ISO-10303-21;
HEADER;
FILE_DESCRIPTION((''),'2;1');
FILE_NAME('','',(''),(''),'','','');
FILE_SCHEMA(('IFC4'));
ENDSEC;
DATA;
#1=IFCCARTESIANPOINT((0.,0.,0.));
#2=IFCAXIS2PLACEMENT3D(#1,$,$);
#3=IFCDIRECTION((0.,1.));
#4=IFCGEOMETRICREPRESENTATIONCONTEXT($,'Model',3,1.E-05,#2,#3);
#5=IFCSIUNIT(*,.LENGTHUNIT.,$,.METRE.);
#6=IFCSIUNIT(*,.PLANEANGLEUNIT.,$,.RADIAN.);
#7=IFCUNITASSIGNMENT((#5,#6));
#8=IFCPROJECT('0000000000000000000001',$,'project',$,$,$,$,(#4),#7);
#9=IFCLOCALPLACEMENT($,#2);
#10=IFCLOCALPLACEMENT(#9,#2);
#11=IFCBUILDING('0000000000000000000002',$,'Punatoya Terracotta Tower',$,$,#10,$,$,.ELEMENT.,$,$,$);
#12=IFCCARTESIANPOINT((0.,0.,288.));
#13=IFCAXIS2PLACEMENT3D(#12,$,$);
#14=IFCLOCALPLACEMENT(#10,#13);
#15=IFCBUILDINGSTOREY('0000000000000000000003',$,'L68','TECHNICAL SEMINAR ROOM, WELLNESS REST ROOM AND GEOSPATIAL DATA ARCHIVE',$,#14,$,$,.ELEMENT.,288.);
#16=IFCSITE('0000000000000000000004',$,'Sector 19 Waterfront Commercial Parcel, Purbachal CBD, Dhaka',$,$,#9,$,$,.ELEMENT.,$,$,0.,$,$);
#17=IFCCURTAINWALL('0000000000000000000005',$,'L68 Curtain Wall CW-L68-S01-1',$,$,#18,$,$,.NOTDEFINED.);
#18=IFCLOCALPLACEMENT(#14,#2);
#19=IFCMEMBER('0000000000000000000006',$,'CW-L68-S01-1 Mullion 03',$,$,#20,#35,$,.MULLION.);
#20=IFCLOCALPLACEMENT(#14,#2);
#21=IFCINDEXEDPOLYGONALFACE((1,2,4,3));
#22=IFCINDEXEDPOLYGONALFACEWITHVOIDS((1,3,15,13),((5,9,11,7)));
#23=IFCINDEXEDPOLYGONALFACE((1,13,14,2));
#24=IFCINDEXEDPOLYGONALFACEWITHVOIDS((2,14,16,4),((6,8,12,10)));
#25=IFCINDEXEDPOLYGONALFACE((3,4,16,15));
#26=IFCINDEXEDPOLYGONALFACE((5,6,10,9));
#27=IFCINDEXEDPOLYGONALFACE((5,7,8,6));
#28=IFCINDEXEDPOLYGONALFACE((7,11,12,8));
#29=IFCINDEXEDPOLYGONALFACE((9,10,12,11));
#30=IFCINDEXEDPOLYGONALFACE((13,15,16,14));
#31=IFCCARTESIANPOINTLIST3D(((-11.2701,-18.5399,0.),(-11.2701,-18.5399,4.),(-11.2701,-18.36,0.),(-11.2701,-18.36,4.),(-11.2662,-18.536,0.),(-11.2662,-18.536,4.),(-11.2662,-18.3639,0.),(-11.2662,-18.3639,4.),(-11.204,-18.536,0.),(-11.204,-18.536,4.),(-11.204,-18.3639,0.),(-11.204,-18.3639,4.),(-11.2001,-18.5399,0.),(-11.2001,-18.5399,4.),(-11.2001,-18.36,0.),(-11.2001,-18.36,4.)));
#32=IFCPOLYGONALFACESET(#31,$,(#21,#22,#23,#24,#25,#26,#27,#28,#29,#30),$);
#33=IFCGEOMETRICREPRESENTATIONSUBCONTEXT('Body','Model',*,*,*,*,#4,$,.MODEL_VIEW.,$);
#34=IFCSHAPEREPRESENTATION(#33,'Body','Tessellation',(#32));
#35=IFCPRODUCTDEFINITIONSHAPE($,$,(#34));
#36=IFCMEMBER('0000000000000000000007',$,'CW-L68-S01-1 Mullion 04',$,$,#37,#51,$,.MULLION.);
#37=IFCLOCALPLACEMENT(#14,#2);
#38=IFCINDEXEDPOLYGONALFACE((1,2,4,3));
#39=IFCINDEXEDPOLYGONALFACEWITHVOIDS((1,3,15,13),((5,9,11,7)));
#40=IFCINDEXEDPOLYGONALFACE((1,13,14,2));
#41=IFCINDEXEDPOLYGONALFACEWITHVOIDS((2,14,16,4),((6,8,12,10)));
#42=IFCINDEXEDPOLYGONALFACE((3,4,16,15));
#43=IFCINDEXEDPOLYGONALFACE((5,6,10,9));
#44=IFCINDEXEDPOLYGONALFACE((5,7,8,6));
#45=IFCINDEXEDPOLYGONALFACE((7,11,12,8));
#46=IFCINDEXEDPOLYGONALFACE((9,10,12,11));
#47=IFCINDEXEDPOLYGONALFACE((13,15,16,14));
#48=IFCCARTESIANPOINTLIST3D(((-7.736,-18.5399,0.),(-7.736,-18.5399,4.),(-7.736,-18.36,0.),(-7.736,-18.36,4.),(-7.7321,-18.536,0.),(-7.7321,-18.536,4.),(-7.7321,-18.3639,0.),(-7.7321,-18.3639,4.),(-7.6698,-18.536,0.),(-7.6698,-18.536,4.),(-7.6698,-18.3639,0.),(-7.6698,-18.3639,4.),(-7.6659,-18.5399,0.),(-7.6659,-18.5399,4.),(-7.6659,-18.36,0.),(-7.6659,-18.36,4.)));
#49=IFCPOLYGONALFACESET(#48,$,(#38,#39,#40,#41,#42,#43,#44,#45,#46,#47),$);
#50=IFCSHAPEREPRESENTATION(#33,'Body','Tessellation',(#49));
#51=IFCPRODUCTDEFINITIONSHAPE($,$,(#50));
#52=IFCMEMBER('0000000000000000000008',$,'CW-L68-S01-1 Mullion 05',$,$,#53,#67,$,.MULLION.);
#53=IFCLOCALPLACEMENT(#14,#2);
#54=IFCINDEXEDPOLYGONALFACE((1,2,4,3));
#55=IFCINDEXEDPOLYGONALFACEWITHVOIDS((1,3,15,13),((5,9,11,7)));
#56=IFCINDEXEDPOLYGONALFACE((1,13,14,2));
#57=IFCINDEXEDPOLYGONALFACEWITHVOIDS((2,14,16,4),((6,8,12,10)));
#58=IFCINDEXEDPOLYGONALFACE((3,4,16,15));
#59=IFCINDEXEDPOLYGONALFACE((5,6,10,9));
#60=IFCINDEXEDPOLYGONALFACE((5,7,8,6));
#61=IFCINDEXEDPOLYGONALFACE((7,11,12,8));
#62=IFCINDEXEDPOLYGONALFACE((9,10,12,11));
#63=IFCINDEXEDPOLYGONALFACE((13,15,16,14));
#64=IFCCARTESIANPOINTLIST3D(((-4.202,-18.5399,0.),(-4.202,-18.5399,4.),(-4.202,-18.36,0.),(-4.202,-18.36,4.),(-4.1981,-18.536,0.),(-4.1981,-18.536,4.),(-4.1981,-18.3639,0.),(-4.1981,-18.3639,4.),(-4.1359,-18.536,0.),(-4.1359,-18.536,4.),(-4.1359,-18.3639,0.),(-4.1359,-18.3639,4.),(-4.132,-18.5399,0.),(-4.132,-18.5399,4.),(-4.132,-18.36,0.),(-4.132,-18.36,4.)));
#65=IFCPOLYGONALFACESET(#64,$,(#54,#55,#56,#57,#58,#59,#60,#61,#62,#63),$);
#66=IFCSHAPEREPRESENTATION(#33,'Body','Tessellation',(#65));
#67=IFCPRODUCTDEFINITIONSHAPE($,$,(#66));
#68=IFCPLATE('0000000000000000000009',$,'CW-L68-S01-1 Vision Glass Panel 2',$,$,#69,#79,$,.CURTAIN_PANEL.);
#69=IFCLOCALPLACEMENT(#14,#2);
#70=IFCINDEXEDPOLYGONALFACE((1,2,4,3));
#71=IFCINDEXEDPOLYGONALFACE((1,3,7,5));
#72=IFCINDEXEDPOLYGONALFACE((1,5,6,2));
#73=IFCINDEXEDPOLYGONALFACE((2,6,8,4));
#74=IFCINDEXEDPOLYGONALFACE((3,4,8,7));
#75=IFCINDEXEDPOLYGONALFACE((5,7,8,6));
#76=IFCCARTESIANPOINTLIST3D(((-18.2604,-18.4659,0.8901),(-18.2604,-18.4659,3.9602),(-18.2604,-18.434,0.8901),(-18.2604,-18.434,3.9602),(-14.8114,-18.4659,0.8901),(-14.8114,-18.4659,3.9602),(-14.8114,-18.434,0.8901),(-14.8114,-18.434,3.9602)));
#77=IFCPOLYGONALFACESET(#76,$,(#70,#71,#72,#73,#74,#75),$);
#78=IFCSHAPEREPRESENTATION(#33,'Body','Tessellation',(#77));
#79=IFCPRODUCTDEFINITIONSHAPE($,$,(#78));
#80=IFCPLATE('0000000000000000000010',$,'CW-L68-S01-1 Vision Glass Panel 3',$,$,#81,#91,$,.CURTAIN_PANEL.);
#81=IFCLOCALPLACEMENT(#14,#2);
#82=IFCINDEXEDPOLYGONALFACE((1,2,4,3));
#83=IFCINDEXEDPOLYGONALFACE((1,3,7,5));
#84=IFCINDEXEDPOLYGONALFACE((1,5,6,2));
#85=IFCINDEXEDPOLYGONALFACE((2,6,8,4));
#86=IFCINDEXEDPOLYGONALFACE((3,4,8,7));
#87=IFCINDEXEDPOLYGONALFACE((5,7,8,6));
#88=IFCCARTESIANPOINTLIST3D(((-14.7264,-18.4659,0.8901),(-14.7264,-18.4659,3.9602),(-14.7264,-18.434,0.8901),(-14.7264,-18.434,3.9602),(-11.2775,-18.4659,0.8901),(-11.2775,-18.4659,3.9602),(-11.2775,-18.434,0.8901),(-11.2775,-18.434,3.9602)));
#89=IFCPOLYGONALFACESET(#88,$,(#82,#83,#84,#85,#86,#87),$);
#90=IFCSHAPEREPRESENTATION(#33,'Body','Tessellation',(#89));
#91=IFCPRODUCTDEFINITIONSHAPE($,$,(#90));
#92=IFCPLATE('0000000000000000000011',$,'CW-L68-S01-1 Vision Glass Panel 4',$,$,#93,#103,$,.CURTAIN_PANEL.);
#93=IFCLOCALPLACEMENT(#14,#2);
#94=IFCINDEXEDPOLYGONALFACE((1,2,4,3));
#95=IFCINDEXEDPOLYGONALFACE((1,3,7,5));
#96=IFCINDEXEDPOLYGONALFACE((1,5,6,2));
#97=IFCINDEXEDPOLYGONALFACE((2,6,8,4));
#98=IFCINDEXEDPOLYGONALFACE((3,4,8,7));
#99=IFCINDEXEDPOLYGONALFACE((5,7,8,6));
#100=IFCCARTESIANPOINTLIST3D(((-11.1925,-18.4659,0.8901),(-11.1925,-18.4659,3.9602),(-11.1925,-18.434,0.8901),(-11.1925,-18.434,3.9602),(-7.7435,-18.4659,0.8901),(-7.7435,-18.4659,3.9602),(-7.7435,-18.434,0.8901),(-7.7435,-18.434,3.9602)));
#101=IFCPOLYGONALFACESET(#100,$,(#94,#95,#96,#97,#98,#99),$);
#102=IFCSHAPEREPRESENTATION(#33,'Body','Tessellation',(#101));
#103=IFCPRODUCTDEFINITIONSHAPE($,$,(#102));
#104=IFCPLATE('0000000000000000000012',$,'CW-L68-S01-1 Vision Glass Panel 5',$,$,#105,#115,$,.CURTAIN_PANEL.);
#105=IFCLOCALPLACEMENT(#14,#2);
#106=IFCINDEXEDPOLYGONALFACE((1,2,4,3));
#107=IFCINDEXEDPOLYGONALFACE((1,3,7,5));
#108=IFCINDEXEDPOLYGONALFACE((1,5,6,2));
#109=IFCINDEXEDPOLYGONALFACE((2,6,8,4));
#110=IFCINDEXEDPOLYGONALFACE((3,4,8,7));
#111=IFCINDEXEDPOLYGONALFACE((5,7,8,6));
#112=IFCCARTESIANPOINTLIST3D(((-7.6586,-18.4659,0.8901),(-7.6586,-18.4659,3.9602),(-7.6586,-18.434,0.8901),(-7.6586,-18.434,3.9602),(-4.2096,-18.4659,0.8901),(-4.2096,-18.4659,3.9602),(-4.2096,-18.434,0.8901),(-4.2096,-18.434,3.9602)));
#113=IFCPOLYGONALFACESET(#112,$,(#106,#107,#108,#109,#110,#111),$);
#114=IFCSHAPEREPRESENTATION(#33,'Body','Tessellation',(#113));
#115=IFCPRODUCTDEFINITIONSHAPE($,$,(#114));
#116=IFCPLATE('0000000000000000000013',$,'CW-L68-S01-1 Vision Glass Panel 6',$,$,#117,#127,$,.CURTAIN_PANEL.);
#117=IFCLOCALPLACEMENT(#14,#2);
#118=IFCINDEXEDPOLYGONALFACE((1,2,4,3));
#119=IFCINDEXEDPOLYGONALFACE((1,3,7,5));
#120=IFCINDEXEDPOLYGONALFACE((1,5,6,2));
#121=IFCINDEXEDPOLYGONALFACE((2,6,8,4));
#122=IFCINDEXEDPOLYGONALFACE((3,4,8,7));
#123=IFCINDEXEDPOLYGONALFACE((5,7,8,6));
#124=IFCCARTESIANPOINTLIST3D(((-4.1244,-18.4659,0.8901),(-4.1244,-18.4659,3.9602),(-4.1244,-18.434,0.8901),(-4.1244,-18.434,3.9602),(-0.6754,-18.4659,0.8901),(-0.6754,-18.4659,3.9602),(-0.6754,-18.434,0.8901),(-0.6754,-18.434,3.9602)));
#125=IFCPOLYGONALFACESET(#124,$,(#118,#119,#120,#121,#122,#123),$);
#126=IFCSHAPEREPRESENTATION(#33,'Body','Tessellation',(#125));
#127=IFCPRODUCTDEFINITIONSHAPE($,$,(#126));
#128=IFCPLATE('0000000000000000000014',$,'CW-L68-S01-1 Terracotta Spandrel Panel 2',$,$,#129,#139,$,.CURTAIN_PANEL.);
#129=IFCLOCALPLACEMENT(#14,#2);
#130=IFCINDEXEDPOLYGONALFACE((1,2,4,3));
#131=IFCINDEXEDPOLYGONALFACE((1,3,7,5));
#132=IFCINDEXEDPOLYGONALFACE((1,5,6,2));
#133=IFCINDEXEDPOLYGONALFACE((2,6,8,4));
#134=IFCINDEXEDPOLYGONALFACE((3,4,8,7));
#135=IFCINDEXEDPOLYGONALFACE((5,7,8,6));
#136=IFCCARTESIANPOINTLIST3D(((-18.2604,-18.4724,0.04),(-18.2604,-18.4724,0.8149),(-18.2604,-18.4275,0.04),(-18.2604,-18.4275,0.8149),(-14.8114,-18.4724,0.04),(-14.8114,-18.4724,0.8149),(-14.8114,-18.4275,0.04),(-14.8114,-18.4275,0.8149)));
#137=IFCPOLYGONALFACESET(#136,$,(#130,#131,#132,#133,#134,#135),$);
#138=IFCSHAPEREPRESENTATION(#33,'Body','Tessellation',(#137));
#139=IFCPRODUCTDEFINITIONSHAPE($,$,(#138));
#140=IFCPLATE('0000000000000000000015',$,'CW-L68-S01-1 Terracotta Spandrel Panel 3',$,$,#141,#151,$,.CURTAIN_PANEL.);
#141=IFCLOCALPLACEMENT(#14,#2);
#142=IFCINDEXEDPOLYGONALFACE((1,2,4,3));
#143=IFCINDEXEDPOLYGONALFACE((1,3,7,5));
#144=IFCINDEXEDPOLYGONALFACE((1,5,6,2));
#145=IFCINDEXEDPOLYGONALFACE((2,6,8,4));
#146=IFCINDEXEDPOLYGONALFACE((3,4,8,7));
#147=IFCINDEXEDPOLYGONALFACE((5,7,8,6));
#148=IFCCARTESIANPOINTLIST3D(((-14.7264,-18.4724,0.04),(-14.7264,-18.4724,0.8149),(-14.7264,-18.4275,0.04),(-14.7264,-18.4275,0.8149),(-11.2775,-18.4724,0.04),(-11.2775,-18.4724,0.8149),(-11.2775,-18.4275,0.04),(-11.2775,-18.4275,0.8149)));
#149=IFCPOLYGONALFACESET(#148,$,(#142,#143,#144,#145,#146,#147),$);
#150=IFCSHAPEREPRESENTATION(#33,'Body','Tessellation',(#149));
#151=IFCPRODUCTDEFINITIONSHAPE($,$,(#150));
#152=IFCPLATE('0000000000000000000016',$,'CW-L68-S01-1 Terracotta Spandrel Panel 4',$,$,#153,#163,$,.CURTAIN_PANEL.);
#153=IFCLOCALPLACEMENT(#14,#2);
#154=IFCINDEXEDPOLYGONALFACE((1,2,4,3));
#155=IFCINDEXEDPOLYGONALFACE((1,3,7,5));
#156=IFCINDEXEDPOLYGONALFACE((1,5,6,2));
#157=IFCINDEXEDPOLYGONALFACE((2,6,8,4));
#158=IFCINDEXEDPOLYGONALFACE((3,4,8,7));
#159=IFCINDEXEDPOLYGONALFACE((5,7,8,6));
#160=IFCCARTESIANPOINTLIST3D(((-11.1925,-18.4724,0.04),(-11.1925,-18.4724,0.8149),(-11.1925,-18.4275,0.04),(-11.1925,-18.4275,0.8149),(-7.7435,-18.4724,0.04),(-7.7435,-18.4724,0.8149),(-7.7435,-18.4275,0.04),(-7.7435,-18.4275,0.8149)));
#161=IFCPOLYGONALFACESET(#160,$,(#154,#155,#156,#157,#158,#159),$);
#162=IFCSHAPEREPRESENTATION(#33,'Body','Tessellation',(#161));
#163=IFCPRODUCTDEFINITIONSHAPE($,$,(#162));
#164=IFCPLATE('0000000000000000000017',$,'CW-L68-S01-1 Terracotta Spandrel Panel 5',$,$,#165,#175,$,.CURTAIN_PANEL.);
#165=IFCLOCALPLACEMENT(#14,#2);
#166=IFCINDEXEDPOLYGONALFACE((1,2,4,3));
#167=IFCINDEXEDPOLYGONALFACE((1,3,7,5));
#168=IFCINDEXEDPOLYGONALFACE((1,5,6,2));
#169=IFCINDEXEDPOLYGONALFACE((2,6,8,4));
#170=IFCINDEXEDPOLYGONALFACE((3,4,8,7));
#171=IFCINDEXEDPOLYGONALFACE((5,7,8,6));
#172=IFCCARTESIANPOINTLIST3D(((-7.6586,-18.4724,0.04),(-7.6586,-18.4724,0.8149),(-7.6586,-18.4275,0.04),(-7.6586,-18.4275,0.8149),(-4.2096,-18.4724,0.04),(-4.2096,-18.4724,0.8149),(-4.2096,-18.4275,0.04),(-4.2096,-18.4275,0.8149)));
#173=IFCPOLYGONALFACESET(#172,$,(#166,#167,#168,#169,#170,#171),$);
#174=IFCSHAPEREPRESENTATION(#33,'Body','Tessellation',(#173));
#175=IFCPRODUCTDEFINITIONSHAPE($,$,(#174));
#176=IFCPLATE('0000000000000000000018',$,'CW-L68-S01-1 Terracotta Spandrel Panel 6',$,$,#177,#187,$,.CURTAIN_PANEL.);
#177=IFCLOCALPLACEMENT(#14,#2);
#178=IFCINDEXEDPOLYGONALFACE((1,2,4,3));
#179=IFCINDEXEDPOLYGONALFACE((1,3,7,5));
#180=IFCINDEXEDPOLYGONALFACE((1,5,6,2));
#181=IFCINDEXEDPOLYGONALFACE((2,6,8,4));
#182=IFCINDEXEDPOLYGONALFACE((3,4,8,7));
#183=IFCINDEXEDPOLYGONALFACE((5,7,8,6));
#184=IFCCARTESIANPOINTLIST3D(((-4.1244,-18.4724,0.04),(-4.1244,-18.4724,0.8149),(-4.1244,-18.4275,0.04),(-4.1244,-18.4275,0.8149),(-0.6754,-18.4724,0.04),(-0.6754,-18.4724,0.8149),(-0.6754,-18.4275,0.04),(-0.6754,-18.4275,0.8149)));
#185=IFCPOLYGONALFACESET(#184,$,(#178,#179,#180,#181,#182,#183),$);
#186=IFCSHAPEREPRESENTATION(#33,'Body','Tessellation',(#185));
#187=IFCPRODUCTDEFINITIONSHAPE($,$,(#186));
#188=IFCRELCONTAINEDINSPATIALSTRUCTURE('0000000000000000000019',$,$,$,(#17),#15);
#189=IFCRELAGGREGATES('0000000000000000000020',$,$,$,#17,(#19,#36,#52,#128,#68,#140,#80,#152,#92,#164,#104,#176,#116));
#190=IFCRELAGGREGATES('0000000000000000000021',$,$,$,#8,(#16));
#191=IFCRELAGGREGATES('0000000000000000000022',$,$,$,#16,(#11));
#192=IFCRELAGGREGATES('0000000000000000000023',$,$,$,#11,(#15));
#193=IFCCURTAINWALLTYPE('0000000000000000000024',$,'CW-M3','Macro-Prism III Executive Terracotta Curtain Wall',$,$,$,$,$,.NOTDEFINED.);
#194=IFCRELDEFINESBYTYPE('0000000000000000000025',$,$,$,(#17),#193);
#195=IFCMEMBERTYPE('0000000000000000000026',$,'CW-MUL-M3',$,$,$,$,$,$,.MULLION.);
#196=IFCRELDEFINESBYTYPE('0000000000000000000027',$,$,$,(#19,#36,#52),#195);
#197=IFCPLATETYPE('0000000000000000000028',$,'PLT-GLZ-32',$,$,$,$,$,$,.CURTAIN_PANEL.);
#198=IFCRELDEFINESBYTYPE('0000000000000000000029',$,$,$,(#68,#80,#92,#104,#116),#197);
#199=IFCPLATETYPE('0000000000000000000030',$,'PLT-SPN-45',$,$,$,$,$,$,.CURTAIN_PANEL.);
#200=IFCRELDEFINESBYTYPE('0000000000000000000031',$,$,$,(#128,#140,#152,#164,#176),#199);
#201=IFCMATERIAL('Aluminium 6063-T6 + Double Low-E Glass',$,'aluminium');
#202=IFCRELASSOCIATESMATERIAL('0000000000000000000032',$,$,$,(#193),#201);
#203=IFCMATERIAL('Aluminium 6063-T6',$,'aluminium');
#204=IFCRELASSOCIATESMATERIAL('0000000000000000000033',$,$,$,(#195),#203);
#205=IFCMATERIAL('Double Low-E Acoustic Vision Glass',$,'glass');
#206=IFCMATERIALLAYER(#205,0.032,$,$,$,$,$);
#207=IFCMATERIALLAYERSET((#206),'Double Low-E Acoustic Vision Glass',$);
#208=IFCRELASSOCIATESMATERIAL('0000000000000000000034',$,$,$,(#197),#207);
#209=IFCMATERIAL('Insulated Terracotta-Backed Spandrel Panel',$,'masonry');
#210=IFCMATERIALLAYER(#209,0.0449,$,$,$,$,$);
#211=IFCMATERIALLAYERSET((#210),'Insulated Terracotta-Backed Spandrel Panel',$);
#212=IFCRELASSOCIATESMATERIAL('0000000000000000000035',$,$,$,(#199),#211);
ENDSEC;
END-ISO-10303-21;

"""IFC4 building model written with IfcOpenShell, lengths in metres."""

from ifc_helpers import new_model, si_unit, direction, frame, origin, origin_2d, place, context, subcontext, project, spatial, rectangle, hollow_rectangle, extrude, material, layer, layer_set, material_profile, profile_set, type_object, element, aggregate, save


model = new_model("IFC4")

# Units and contexts
model_context = context("Model", 3, precision=1e-05, world=origin(), true_north=direction((0.0, 1.0)))
body_context = subcontext(model_context, "Body", "Model", "MODEL_VIEW")
ifc_project = project(units=[si_unit("LENGTHUNIT", "METRE"), si_unit("PLANEANGLEUNIT", "RADIAN")], contexts=[model_context])

# Site, building, storey
site_placement = place(None, origin())
site = spatial("IfcSite", under=ifc_project, at=site_placement, Name="Sector 19 Waterfront Commercial Parcel, Purbachal CBD, Dhaka", CompositionType="ELEMENT", RefElevation=0.0)
building_placement = place(site_placement, origin())
building = spatial("IfcBuilding", under=site, at=building_placement, Name="Punatoya Terracotta Tower", CompositionType="ELEMENT")
storey_placement = place(building_placement, frame((0.0, 0.0, 288.0)))
storey = spatial("IfcBuildingStorey", under=building, at=storey_placement, Name="L68", Description="TECHNICAL SEMINAR ROOM, WELLNESS REST ROOM AND GEOSPATIAL DATA ARCHIVE", CompositionType="ELEMENT", Elevation=288.0)

# Curtain wall, members, plates
ifc_material_1 = material(Name="Aluminium 6063-T6 + Double Low-E Glass", Category="aluminium")
curtain_wall_type = type_object("IfcCurtainWallType", Name="CW-M3", Description="Macro-Prism III Executive Terracotta Curtain Wall", PredefinedType="NOTDEFINED", material=ifc_material_1)
curtain_wall_placement = place(storey_placement, origin())
curtain_wall = element("IfcCurtainWall", 1, at=curtain_wall_placement, inside=storey, type_object=curtain_wall_type, Name="L68 Curtain Wall CW-L68-S01-1", PredefinedType="NOTDEFINED")
ifc_material_2 = material(Name="Aluminium 6063-T6", Category="aluminium")
ifc_material_profile_1 = material_profile(ifc_material_2, hollow_rectangle(XDim=0.0701, YDim=0.1799, WallThickness=0.0039, at=origin_2d()))
ifc_profile_set_1 = profile_set([ifc_material_profile_1], Name="Aluminium 6063-T6")
member_type = type_object("IfcMemberType", Name="CW-MUL-M3", PredefinedType="MULLION", material=ifc_profile_set_1)
member_1_placement = place(storey_placement, frame((-11.2351, -18.45, 0.0), z_axis=(0.0, 0.0, 1.0), x_axis=(1.0, 0.0, 0.0)))
member_1 = element("IfcMember", 2, at=member_1_placement, type_object=member_type, Name="CW-L68-S01-1 Mullion 03", PredefinedType="MULLION", context=body_context, shape_type="SweptSolid", body=[
    extrude(hollow_rectangle(XDim=0.0701, YDim=0.1799, WallThickness=0.0039, at=origin_2d()), origin(), (0.0, 0.0, 1.0), 4.0),
])
member_2_placement = place(storey_placement, frame((-7.7009, -18.45, 0.0), z_axis=(0.0, 0.0, 1.0), x_axis=(1.0, 0.0, 0.0)))
member_2 = element("IfcMember", 3, at=member_2_placement, type_object=member_type, Name="CW-L68-S01-1 Mullion 04", PredefinedType="MULLION", context=body_context, shape_type="SweptSolid", body=[
    extrude(hollow_rectangle(XDim=0.0701, YDim=0.1799, WallThickness=0.0039, at=origin_2d()), origin(), (0.0, 0.0, 1.0), 4.0),
])
member_3_placement = place(storey_placement, frame((-4.167, -18.45, 0.0), z_axis=(0.0, 0.0, 1.0), x_axis=(1.0, 0.0, 0.0)))
member_3 = element("IfcMember", 4, at=member_3_placement, type_object=member_type, Name="CW-L68-S01-1 Mullion 05", PredefinedType="MULLION", context=body_context, shape_type="SweptSolid", body=[
    extrude(hollow_rectangle(XDim=0.0701, YDim=0.1799, WallThickness=0.0039, at=origin_2d()), origin(), (0.0, 0.0, 1.0), 4.0),
])
ifc_material_3 = material(Name="Double Low-E Acoustic Vision Glass", Category="glass")
ifc_layer_1 = layer(ifc_material_3, 0.032)
ifc_layer_set_1 = layer_set([ifc_layer_1], Name="Double Low-E Acoustic Vision Glass")
plate_type_1 = type_object("IfcPlateType", Name="PLT-GLZ-32", PredefinedType="CURTAIN_PANEL", material=ifc_layer_set_1)
plate_1_placement = place(storey_placement, frame((-16.5359, -18.45, 0.8901), z_axis=(0.0, 0.0, 1.0), x_axis=(1.0, 0.0, 0.0)))
plate_1 = element("IfcPlate", 5, at=plate_1_placement, type_object=plate_type_1, Name="CW-L68-S01-1 Vision Glass Panel 2", PredefinedType="CURTAIN_PANEL", context=body_context, shape_type="SweptSolid", body=[
    extrude(rectangle(XDim=3.449, YDim=0.032, at=origin_2d()), origin(), (0.0, 0.0, 1.0), 3.0701),
])
plate_2_placement = place(storey_placement, frame((-13.002, -18.45, 0.8901), z_axis=(0.0, 0.0, 1.0), x_axis=(1.0, 0.0, 0.0)))
plate_2 = element("IfcPlate", 6, at=plate_2_placement, type_object=plate_type_1, Name="CW-L68-S01-1 Vision Glass Panel 3", PredefinedType="CURTAIN_PANEL", context=body_context, shape_type="SweptSolid", body=[
    extrude(rectangle(XDim=3.449, YDim=0.032, at=origin_2d()), origin(), (0.0, 0.0, 1.0), 3.0701),
])
plate_3_placement = place(storey_placement, frame((-9.468, -18.45, 0.8901), z_axis=(0.0, 0.0, 1.0), x_axis=(1.0, 0.0, 0.0)))
plate_3 = element("IfcPlate", 7, at=plate_3_placement, type_object=plate_type_1, Name="CW-L68-S01-1 Vision Glass Panel 4", PredefinedType="CURTAIN_PANEL", context=body_context, shape_type="SweptSolid", body=[
    extrude(rectangle(XDim=3.449, YDim=0.032, at=origin_2d()), origin(), (0.0, 0.0, 1.0), 3.0701),
])
plate_4_placement = place(storey_placement, frame((-5.9341, -18.45, 0.8901), z_axis=(0.0, 0.0, 1.0), x_axis=(1.0, 0.0, 0.0)))
plate_4 = element("IfcPlate", 8, at=plate_4_placement, type_object=plate_type_1, Name="CW-L68-S01-1 Vision Glass Panel 5", PredefinedType="CURTAIN_PANEL", context=body_context, shape_type="SweptSolid", body=[
    extrude(rectangle(XDim=3.449, YDim=0.032, at=origin_2d()), origin(), (0.0, 0.0, 1.0), 3.0701),
])
plate_5_placement = place(storey_placement, frame((-2.3999, -18.45, 0.8901), z_axis=(0.0, 0.0, 1.0), x_axis=(1.0, 0.0, 0.0)))
plate_5 = element("IfcPlate", 9, at=plate_5_placement, type_object=plate_type_1, Name="CW-L68-S01-1 Vision Glass Panel 6", PredefinedType="CURTAIN_PANEL", context=body_context, shape_type="SweptSolid", body=[
    extrude(rectangle(XDim=3.449, YDim=0.032, at=origin_2d()), origin(), (0.0, 0.0, 1.0), 3.0701),
])
ifc_material_4 = material(Name="Insulated Terracotta-Backed Spandrel Panel", Category="masonry")
ifc_layer_2 = layer(ifc_material_4, 0.0449)
ifc_layer_set_2 = layer_set([ifc_layer_2], Name="Insulated Terracotta-Backed Spandrel Panel")
plate_type_2 = type_object("IfcPlateType", Name="PLT-SPN-45", PredefinedType="CURTAIN_PANEL", material=ifc_layer_set_2)
plate_6_placement = place(storey_placement, frame((-16.5359, -18.45, 0.04), z_axis=(0.0, 0.0, 1.0), x_axis=(1.0, 0.0, 0.0)))
plate_6 = element("IfcPlate", 10, at=plate_6_placement, type_object=plate_type_2, Name="CW-L68-S01-1 Terracotta Spandrel Panel 2", PredefinedType="CURTAIN_PANEL", context=body_context, shape_type="SweptSolid", body=[
    extrude(rectangle(XDim=3.449, YDim=0.0449, at=origin_2d()), origin(), (0.0, 0.0, 1.0), 0.7749),
])
plate_7_placement = place(storey_placement, frame((-13.002, -18.45, 0.04), z_axis=(0.0, 0.0, 1.0), x_axis=(1.0, 0.0, 0.0)))
plate_7 = element("IfcPlate", 11, at=plate_7_placement, type_object=plate_type_2, Name="CW-L68-S01-1 Terracotta Spandrel Panel 3", PredefinedType="CURTAIN_PANEL", context=body_context, shape_type="SweptSolid", body=[
    extrude(rectangle(XDim=3.449, YDim=0.0449, at=origin_2d()), origin(), (0.0, 0.0, 1.0), 0.7749),
])
plate_8_placement = place(storey_placement, frame((-9.468, -18.45, 0.04), z_axis=(0.0, 0.0, 1.0), x_axis=(1.0, 0.0, 0.0)))
plate_8 = element("IfcPlate", 12, at=plate_8_placement, type_object=plate_type_2, Name="CW-L68-S01-1 Terracotta Spandrel Panel 4", PredefinedType="CURTAIN_PANEL", context=body_context, shape_type="SweptSolid", body=[
    extrude(rectangle(XDim=3.449, YDim=0.0449, at=origin_2d()), origin(), (0.0, 0.0, 1.0), 0.7749),
])
plate_9_placement = place(storey_placement, frame((-5.9341, -18.45, 0.04), z_axis=(0.0, 0.0, 1.0), x_axis=(1.0, 0.0, 0.0)))
plate_9 = element("IfcPlate", 13, at=plate_9_placement, type_object=plate_type_2, Name="CW-L68-S01-1 Terracotta Spandrel Panel 5", PredefinedType="CURTAIN_PANEL", context=body_context, shape_type="SweptSolid", body=[
    extrude(rectangle(XDim=3.449, YDim=0.0449, at=origin_2d()), origin(), (0.0, 0.0, 1.0), 0.7749),
])
plate_10_placement = place(storey_placement, frame((-2.3999, -18.45, 0.04), z_axis=(0.0, 0.0, 1.0), x_axis=(1.0, 0.0, 0.0)))
plate_10 = element("IfcPlate", 14, at=plate_10_placement, type_object=plate_type_2, Name="CW-L68-S01-1 Terracotta Spandrel Panel 6", PredefinedType="CURTAIN_PANEL", context=body_context, shape_type="SweptSolid", body=[
    extrude(rectangle(XDim=3.449, YDim=0.0449, at=origin_2d()), origin(), (0.0, 0.0, 1.0), 0.7749),
])
aggregate(curtain_wall, [member_1, member_2, member_3, plate_6, plate_1, plate_7, plate_2, plate_8, plate_3, plate_9, plate_4, plate_10, plate_5])

save(model, "model.ifc")
